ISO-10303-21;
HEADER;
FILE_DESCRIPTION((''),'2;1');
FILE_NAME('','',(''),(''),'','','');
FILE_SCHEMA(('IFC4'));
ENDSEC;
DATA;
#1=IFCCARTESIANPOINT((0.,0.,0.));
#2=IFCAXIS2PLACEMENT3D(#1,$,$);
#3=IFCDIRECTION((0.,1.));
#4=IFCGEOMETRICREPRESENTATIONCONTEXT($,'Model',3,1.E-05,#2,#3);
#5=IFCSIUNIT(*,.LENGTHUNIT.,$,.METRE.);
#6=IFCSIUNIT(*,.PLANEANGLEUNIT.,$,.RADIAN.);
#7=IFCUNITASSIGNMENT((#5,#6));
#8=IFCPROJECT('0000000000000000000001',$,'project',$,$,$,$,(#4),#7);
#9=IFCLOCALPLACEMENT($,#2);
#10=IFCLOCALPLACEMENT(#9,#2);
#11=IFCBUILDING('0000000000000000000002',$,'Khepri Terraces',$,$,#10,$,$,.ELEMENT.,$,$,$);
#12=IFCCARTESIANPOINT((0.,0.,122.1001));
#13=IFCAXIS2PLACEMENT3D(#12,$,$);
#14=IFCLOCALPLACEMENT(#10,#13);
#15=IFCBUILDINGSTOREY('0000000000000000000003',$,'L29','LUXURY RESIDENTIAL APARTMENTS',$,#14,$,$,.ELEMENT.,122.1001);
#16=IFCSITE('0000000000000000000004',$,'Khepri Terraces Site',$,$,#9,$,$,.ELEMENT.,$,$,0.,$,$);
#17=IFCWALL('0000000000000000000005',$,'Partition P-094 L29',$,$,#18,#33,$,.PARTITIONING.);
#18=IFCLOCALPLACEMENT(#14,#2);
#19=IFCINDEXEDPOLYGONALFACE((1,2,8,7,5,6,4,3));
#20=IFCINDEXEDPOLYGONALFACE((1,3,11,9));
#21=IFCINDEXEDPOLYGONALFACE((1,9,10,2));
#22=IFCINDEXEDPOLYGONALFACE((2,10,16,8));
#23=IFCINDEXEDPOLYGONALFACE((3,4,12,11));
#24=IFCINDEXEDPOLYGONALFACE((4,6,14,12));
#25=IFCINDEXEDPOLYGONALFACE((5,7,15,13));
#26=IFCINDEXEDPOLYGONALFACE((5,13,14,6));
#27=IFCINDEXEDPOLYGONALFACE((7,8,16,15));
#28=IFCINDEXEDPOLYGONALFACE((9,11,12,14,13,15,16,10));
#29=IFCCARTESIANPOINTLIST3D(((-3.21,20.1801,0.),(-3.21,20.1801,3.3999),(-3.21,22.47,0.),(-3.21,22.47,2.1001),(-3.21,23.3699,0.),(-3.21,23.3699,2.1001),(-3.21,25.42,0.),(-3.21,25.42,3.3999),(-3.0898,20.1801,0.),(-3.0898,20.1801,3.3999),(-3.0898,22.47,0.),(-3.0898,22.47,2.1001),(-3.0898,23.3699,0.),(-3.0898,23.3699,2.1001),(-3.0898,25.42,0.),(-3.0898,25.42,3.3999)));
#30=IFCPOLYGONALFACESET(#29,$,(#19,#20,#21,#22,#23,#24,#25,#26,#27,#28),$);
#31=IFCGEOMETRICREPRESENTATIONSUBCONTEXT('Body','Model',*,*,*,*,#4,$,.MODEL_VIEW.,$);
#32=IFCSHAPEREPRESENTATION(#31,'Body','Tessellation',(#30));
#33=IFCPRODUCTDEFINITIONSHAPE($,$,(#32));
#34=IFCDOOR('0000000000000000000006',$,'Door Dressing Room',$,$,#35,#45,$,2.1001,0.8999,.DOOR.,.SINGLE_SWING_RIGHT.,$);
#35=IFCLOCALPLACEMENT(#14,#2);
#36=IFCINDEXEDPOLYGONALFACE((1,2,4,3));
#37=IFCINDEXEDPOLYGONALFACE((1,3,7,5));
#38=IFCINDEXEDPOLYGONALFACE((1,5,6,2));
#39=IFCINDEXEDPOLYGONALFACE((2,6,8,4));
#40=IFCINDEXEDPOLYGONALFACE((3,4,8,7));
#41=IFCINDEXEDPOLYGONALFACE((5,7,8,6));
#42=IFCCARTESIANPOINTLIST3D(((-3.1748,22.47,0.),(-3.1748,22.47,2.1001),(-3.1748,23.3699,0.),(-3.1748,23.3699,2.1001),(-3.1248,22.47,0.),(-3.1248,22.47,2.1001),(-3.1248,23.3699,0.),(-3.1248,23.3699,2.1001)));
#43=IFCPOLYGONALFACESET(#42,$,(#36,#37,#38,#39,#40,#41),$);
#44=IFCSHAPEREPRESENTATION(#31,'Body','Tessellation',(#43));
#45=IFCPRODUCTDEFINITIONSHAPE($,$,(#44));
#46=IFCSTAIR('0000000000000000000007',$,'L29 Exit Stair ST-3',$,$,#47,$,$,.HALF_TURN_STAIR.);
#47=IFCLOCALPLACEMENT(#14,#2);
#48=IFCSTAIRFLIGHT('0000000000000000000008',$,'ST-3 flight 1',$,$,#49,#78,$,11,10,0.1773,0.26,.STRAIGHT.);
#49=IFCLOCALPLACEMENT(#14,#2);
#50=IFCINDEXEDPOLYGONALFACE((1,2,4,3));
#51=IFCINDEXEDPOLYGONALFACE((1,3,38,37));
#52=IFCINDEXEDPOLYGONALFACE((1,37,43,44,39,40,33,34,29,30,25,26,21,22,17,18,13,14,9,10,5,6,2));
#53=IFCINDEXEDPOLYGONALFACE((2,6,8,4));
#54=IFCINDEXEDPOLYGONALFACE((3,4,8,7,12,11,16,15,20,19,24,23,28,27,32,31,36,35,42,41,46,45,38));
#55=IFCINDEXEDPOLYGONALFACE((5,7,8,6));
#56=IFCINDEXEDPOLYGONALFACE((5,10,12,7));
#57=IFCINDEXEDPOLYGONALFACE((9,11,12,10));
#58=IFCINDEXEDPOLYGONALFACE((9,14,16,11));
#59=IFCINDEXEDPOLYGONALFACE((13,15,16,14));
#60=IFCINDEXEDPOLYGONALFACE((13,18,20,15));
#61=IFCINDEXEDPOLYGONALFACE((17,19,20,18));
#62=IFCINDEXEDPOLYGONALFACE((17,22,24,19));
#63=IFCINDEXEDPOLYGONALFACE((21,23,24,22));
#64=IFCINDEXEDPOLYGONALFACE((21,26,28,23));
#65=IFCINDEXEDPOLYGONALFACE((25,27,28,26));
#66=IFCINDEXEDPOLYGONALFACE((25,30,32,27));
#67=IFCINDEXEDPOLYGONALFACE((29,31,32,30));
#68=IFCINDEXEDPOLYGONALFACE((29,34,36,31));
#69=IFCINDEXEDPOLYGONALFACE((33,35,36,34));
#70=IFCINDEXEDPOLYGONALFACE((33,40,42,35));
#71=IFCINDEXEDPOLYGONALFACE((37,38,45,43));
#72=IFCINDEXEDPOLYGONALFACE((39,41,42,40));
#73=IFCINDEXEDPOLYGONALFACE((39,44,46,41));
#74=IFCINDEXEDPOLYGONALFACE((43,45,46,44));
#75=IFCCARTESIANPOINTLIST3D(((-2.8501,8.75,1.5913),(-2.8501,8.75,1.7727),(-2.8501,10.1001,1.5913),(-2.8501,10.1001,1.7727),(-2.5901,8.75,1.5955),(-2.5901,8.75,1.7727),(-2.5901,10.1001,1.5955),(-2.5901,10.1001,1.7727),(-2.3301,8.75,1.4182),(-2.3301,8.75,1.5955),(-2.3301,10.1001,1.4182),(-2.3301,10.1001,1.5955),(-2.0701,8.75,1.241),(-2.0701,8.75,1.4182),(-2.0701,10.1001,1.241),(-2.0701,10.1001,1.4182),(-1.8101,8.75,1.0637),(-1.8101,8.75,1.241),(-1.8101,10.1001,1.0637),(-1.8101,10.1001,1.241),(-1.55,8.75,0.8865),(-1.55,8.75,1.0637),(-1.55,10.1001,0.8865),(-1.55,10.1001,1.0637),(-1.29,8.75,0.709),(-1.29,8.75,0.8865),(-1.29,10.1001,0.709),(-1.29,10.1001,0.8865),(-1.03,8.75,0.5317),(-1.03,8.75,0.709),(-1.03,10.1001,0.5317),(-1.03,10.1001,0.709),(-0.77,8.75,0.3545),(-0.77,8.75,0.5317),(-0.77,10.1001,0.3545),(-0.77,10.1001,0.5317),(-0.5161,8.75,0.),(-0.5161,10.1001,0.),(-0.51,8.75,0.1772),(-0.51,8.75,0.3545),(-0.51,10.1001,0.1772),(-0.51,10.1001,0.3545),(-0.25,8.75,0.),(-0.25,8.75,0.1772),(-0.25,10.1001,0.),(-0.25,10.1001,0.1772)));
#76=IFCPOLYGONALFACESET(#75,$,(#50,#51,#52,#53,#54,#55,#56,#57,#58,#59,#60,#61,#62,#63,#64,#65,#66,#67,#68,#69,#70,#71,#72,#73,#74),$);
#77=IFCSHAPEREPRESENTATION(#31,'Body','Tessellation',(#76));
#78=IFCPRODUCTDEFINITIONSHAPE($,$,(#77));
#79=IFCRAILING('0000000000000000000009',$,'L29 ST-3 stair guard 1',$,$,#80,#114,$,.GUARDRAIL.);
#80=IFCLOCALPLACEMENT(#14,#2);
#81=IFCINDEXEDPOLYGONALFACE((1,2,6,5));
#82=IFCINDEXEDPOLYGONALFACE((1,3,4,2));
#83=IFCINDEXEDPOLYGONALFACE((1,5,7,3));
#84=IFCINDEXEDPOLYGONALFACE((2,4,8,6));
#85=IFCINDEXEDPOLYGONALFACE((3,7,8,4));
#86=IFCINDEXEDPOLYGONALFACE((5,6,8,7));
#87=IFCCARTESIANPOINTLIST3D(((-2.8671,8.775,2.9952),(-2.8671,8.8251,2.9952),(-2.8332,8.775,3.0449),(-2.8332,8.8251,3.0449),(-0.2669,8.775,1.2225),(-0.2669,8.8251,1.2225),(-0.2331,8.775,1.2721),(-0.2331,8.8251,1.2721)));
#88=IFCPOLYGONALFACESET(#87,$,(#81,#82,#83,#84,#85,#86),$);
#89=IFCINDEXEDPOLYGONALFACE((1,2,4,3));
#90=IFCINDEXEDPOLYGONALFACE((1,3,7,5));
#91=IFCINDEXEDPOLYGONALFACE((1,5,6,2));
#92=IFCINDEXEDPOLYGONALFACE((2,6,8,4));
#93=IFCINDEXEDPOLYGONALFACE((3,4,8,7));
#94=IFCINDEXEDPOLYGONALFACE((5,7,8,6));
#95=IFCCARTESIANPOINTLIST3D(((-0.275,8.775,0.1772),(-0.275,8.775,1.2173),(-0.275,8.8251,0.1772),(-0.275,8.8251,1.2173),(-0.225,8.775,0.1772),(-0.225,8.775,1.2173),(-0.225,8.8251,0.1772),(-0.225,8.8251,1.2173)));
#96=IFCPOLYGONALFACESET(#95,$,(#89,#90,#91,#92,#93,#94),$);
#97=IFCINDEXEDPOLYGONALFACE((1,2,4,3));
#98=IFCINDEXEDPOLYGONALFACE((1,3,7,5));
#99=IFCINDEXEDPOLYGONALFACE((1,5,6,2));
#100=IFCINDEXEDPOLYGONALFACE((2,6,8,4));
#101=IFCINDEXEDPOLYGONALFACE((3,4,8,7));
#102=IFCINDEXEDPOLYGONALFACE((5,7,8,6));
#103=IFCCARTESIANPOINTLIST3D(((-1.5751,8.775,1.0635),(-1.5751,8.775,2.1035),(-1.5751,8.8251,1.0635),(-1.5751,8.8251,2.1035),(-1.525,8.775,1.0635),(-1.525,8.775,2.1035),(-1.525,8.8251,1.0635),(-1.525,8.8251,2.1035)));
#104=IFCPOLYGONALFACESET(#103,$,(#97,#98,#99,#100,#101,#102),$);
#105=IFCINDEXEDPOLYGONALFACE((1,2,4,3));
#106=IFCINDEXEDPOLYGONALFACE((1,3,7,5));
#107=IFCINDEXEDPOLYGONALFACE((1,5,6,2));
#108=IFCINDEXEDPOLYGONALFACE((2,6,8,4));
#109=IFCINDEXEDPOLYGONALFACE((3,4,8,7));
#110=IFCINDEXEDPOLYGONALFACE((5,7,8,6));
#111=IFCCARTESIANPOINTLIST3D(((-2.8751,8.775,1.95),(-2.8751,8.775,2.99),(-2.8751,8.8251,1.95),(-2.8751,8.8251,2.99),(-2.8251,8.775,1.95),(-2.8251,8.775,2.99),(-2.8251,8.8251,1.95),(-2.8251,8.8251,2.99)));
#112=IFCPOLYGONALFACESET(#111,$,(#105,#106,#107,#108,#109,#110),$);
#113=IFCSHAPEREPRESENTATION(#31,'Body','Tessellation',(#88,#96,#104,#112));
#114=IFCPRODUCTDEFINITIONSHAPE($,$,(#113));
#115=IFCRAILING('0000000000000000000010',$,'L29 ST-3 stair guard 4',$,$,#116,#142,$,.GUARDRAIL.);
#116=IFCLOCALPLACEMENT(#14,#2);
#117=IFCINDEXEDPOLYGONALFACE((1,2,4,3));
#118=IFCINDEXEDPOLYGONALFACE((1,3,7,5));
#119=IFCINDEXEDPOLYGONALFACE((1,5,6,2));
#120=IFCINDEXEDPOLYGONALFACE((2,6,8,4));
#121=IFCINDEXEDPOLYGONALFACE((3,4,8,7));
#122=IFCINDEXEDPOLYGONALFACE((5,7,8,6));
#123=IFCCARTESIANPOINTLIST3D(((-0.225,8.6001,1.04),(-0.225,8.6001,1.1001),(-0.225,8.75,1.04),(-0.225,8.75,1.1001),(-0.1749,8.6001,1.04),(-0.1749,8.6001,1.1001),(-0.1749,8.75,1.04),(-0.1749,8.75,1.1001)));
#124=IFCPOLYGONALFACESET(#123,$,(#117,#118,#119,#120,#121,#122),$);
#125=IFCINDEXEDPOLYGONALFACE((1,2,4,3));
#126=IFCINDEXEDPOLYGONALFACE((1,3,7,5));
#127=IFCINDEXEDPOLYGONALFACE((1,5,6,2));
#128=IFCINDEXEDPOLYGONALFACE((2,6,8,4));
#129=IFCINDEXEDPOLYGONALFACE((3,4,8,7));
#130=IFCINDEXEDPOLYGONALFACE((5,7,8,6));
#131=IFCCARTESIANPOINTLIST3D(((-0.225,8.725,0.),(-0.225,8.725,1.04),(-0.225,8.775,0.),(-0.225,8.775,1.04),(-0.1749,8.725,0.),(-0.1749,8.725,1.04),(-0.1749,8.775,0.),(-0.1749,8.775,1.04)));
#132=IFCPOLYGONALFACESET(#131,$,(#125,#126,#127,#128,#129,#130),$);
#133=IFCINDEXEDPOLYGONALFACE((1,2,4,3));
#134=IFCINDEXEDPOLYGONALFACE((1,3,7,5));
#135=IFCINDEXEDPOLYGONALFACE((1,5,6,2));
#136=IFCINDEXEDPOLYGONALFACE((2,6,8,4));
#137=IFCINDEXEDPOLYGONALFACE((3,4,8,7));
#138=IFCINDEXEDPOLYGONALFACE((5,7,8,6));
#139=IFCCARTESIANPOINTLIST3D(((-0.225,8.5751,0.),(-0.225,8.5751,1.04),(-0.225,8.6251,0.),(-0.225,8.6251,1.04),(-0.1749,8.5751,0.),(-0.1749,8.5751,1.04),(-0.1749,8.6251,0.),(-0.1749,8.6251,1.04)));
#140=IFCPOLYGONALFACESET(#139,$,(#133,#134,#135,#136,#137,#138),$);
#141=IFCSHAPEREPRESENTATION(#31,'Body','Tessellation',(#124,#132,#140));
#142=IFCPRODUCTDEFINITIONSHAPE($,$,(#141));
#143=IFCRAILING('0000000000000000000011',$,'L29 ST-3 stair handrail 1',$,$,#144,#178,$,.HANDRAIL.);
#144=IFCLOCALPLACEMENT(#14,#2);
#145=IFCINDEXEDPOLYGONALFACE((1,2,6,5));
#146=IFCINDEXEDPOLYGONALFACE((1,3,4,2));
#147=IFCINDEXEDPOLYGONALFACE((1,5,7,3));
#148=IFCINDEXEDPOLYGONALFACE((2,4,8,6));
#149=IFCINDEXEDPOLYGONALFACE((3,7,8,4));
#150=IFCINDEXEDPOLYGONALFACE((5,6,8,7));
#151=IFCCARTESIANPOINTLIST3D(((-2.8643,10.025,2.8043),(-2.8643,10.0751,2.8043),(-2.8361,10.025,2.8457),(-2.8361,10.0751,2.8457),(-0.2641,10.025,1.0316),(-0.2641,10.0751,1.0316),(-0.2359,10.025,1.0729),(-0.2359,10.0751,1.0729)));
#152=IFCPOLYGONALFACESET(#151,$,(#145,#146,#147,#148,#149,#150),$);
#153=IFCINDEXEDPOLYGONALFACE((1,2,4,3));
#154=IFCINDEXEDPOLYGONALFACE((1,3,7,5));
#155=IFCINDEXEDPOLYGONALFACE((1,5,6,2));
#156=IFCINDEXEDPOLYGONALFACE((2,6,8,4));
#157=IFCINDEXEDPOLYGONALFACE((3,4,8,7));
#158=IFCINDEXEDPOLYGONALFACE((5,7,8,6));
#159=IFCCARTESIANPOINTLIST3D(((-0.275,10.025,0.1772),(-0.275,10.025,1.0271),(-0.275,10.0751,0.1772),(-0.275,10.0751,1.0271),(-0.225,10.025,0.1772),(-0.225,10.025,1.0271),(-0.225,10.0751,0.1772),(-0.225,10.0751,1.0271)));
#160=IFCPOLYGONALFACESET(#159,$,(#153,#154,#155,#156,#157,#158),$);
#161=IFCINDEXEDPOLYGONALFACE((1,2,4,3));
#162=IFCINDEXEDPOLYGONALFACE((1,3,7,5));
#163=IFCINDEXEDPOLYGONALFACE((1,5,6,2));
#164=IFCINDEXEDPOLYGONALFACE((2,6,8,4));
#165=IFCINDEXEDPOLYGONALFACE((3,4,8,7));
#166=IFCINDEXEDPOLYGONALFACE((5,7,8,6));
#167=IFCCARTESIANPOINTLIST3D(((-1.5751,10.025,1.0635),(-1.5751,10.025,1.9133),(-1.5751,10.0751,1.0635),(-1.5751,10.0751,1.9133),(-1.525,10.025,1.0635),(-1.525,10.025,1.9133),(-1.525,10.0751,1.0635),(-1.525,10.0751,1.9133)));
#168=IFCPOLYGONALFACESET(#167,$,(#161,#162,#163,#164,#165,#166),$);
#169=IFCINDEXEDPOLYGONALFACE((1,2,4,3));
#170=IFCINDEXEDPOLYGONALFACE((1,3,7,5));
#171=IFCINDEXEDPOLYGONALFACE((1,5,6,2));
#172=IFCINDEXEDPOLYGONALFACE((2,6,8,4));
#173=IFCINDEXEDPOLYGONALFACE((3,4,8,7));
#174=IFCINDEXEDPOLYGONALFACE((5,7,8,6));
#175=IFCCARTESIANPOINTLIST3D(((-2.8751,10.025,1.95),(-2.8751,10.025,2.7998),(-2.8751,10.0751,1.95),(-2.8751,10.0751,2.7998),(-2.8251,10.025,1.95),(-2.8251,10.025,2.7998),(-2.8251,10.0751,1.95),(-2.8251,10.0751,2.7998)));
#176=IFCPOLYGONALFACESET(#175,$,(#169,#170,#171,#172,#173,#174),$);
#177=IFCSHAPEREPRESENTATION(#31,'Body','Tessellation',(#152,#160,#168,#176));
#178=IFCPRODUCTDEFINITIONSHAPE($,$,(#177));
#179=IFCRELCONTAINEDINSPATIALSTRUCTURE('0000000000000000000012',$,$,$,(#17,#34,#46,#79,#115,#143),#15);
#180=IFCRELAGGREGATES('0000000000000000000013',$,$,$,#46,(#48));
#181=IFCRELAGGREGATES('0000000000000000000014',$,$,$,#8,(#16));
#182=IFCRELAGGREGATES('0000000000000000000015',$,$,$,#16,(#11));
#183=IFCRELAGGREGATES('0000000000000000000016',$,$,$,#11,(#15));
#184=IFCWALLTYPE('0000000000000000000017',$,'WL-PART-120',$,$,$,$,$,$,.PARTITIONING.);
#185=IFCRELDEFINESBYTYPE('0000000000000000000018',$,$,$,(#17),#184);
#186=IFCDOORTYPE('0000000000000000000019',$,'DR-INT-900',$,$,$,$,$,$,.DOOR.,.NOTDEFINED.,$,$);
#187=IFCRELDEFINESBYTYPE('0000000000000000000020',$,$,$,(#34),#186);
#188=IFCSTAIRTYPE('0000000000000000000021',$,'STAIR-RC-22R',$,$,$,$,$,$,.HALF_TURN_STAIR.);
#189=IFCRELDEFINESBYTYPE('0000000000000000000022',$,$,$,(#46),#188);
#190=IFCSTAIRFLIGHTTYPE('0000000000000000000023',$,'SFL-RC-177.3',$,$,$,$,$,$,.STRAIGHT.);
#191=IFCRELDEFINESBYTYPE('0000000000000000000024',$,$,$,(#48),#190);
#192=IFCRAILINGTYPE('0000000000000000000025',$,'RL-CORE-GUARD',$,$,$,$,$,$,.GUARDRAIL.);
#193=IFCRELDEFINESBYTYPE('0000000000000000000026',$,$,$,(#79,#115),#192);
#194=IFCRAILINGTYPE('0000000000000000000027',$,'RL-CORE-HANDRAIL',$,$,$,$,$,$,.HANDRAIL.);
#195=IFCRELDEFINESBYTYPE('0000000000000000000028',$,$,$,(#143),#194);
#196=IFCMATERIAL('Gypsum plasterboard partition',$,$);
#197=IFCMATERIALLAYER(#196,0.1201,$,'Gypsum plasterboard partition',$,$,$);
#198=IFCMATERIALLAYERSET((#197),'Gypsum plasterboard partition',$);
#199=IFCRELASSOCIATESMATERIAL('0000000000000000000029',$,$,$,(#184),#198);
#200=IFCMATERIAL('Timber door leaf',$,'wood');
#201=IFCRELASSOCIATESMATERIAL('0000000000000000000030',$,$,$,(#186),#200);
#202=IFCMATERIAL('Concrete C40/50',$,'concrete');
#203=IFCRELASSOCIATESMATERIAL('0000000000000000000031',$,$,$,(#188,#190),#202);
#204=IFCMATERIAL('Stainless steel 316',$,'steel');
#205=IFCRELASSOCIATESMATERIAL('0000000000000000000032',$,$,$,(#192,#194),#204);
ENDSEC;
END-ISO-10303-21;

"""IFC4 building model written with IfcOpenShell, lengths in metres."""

from ifc_helpers import new_model, si_unit, direction, frame, frame_2d, origin, origin_2d, place, context, subcontext, project, spatial, polyline, rectangle, outline, extrude, material, layer, layer_set, type_object, element, fill, aggregate, save


model = new_model("IFC4")

# Units and contexts
model_context = context("Model", 3, precision=1e-05, world=origin(), true_north=direction((0.0, 1.0)))
body_context = subcontext(model_context, "Body", "Model", "MODEL_VIEW")
ifc_project = project(units=[si_unit("LENGTHUNIT", "METRE"), si_unit("PLANEANGLEUNIT", "RADIAN")], contexts=[model_context])

# Site, building, storey
site_placement = place(None, origin())
site = spatial("IfcSite", under=ifc_project, at=site_placement, Name="Khepri Terraces Site", CompositionType="ELEMENT", RefElevation=0.0)
building_placement = place(site_placement, origin())
building = spatial("IfcBuilding", under=site, at=building_placement, Name="Khepri Terraces", CompositionType="ELEMENT")
storey_placement = place(building_placement, frame((0.0, 0.0, 122.1001)))
storey = spatial("IfcBuildingStorey", under=building, at=storey_placement, Name="L29", Description="LUXURY RESIDENTIAL APARTMENTS", CompositionType="ELEMENT", Elevation=122.1001)

# Shared definitions
ifc_material_1 = material(Name="Gypsum plasterboard partition")
ifc_layer_1 = layer(ifc_material_1, 0.1201, Name="Gypsum plasterboard partition")
ifc_layer_set_1 = layer_set([ifc_layer_1], Name="Gypsum plasterboard partition")
wall_type_1 = type_object("IfcWallType", Name="WL-PART-120", PredefinedType="PARTITIONING", material=ifc_layer_set_1)

# Wall, opening, door
wall_1_placement = place(storey_placement, frame((-3.1499, 20.1799, 0.0), z_axis=(0.0, 0.0, 1.0), x_axis=(0.0, 1.0, 0.0)))
wall_1 = element("IfcWall", 1, at=wall_1_placement, inside=storey, type_object=wall_type_1, Name="Partition P-094 L29", PredefinedType="PARTITIONING", context=body_context, shape_type="SweptSolid", body=[
    extrude(rectangle(XDim=5.24, YDim=0.1201, at=frame_2d((2.6201, 0.0))), origin(), (0.0, 0.0, 1.0), 3.3999),
])
opening_1_placement = place(wall_1_placement, frame((2.29, 0.0, 0.0)))
opening_1 = element("IfcOpeningElement", 2, at=opening_1_placement, cuts=wall_1, PredefinedType="OPENING", context=body_context, shape_type="SweptSolid", body=[
    extrude(rectangle(XDim=0.8999, YDim=2.1001, at=frame_2d((0.45, 1.05))), frame((0.0, 0.0701, 0.0), z_axis=(0.0, -1.0, 0.0), x_axis=(1.0, 0.0, 0.0)), (0.0, 0.0, 1.0), 0.1401),
])
ifc_material_2 = material(Name="Timber door leaf", Category="wood")
door_type_1 = type_object("IfcDoorType", Name="DR-INT-900", OperationType="NOTDEFINED", PredefinedType="DOOR", material=ifc_material_2)
door_1_placement = place(opening_1_placement, origin())
door_1 = element("IfcDoor", 3, at=door_1_placement, inside=storey, type_object=door_type_1, Name="Door Dressing Room", OperationType="SINGLE_SWING_RIGHT", OverallHeight=2.1001, OverallWidth=0.8999, PredefinedType="DOOR", context=body_context, shape_type="SweptSolid", body=[
    extrude(rectangle(XDim=0.8999, YDim=2.1001, at=frame_2d((0.45, 1.05))), frame((0.0, 0.0249, 0.0), z_axis=(0.0, -1.0, 0.0), x_axis=(1.0, 0.0, 0.0)), (0.0, 0.0, 1.0), 0.05),
])
fill(opening_1, door_1)

# Stair, stair flight
ifc_material_3 = material(Name="Concrete C40/50", Category="concrete")
stair_type = type_object("IfcStairType", Name="STAIR-RC-22R", PredefinedType="HALF_TURN_STAIR", material=ifc_material_3)
stair_placement = place(storey_placement, origin())
stair = element("IfcStair", 4, at=stair_placement, inside=storey, type_object=stair_type, Name="L29 Exit Stair ST-3", PredefinedType="HALF_TURN_STAIR")
stair_flight_type = type_object("IfcStairFlightType", Name="SFL-RC-177.3", PredefinedType="STRAIGHT", material=ifc_material_3)
stair_flight_placement = place(storey_placement, frame((-0.25, 9.425, 0.0), z_axis=(0.0, 0.0, 1.0), x_axis=(-1.0, 0.0, 0.0)))
stair_flight = element("IfcStairFlight", 5, at=stair_flight_placement, type_object=stair_flight_type, Name="ST-3 flight 1", NumberOfRisers=11, NumberOfTreads=10, PredefinedType="STRAIGHT", RiserHeight=0.1773, TreadLength=0.26, context=body_context, shape_type="SweptSolid", body=[
    extrude(outline(polyline([(0.0, 0.0), (0.0, 0.1772), (0.26, 0.1772), (0.26, 0.3545), (0.52, 0.3545), (0.52, 0.5317), (0.78, 0.5317), (0.78, 0.709), (1.04, 0.709), (1.04, 0.8865), (1.3, 0.8865), (1.3, 1.0637), (1.5601, 1.0637), (1.5601, 1.241), (1.8201, 1.241), (1.8201, 1.4182), (2.0801, 1.4182), (2.0801, 1.5955), (2.3401, 1.5955), (2.3401, 1.7727), (2.6001, 1.7727), (2.6001, 1.95), (2.6001, 1.5913), (0.2661, 0.0), (0.0, 0.0)])), frame((0.0, 0.675, 0.0), z_axis=(0.0, -1.0, 0.0), x_axis=(1.0, 0.0, 0.0)), (0.0, 0.0, 1.0), 1.3501),
])
aggregate(stair, [stair_flight])

# Railings
ifc_material_4 = material(Name="Stainless steel 316", Category="steel")
railing_type_1 = type_object("IfcRailingType", Name="RL-CORE-GUARD", PredefinedType="GUARDRAIL", material=ifc_material_4)
railing_1_placement = place(storey_placement, frame((-0.25, 8.8, 0.1772)))
element("IfcRailing", 6, at=railing_1_placement, inside=storey, type_object=railing_type_1, Name="L29 ST-3 stair guard 1", PredefinedType="GUARDRAIL", context=body_context, shape_type="SweptSolid", body=[
    extrude(rectangle(XDim=0.05, YDim=0.0601, at=origin_2d()), frame((0.0, 0.0, 1.0701), z_axis=(-0.82624, 0.0, 0.563318), x_axis=(0.0, -1.0, 0.0)), (0.0, 0.0, 1.0), 3.147),
    extrude(rectangle(XDim=0.05, YDim=0.05, at=origin_2d()), origin(), (0.0, 0.0, 1.0), 1.04),
    extrude(rectangle(XDim=0.05, YDim=0.05, at=origin_2d()), frame((-1.3, 0.0, 0.8862)), (0.0, 0.0, 1.0), 1.04),
    extrude(rectangle(XDim=0.05, YDim=0.05, at=origin_2d()), frame((-2.6001, 0.0, 1.7727)), (0.0, 0.0, 1.0), 1.04),
])
railing_2_placement = place(storey_placement, frame((-0.2, 8.75, 0.0)))
element("IfcRailing", 7, at=railing_2_placement, inside=storey, type_object=railing_type_1, Name="L29 ST-3 stair guard 4", PredefinedType="GUARDRAIL", context=body_context, shape_type="SweptSolid", body=[
    extrude(rectangle(XDim=0.05, YDim=0.0601, at=origin_2d()), frame((0.0, 0.0, 1.0701), z_axis=(0.0, -1.0, 0.0), x_axis=(1.0, 0.0, 0.0)), (0.0, 0.0, 1.0), 0.1499),
    extrude(rectangle(XDim=0.05, YDim=0.05, at=origin_2d()), origin(), (0.0, 0.0, 1.0), 1.04),
    extrude(rectangle(XDim=0.05, YDim=0.05, at=origin_2d()), frame((0.0, -0.1499, 0.0)), (0.0, 0.0, 1.0), 1.04),
])
railing_type_2 = type_object("IfcRailingType", Name="RL-CORE-HANDRAIL", PredefinedType="HANDRAIL", material=ifc_material_4)
railing_3_placement = place(storey_placement, frame((-0.25, 10.05, 0.1772)))
element("IfcRailing", 8, at=railing_3_placement, inside=storey, type_object=railing_type_2, Name="L29 ST-3 stair handrail 1", PredefinedType="HANDRAIL", context=body_context, shape_type="SweptSolid", body=[
    extrude(rectangle(XDim=0.05, YDim=0.05, at=origin_2d()), frame((0.0, 0.0, 0.875), z_axis=(-0.82624, 0.0, 0.563318), x_axis=(0.0, -1.0, 0.0)), (0.0, 0.0, 1.0), 3.147),
    extrude(rectangle(XDim=0.05, YDim=0.05, at=origin_2d()), origin(), (0.0, 0.0, 1.0), 0.8499),
    extrude(rectangle(XDim=0.05, YDim=0.05, at=origin_2d()), frame((-1.3, 0.0, 0.8862)), (0.0, 0.0, 1.0), 0.8499),
    extrude(rectangle(XDim=0.05, YDim=0.05, at=origin_2d()), frame((-2.6001, 0.0, 1.7727)), (0.0, 0.0, 1.0), 0.8499),
])

save(model, "model.ifc")
